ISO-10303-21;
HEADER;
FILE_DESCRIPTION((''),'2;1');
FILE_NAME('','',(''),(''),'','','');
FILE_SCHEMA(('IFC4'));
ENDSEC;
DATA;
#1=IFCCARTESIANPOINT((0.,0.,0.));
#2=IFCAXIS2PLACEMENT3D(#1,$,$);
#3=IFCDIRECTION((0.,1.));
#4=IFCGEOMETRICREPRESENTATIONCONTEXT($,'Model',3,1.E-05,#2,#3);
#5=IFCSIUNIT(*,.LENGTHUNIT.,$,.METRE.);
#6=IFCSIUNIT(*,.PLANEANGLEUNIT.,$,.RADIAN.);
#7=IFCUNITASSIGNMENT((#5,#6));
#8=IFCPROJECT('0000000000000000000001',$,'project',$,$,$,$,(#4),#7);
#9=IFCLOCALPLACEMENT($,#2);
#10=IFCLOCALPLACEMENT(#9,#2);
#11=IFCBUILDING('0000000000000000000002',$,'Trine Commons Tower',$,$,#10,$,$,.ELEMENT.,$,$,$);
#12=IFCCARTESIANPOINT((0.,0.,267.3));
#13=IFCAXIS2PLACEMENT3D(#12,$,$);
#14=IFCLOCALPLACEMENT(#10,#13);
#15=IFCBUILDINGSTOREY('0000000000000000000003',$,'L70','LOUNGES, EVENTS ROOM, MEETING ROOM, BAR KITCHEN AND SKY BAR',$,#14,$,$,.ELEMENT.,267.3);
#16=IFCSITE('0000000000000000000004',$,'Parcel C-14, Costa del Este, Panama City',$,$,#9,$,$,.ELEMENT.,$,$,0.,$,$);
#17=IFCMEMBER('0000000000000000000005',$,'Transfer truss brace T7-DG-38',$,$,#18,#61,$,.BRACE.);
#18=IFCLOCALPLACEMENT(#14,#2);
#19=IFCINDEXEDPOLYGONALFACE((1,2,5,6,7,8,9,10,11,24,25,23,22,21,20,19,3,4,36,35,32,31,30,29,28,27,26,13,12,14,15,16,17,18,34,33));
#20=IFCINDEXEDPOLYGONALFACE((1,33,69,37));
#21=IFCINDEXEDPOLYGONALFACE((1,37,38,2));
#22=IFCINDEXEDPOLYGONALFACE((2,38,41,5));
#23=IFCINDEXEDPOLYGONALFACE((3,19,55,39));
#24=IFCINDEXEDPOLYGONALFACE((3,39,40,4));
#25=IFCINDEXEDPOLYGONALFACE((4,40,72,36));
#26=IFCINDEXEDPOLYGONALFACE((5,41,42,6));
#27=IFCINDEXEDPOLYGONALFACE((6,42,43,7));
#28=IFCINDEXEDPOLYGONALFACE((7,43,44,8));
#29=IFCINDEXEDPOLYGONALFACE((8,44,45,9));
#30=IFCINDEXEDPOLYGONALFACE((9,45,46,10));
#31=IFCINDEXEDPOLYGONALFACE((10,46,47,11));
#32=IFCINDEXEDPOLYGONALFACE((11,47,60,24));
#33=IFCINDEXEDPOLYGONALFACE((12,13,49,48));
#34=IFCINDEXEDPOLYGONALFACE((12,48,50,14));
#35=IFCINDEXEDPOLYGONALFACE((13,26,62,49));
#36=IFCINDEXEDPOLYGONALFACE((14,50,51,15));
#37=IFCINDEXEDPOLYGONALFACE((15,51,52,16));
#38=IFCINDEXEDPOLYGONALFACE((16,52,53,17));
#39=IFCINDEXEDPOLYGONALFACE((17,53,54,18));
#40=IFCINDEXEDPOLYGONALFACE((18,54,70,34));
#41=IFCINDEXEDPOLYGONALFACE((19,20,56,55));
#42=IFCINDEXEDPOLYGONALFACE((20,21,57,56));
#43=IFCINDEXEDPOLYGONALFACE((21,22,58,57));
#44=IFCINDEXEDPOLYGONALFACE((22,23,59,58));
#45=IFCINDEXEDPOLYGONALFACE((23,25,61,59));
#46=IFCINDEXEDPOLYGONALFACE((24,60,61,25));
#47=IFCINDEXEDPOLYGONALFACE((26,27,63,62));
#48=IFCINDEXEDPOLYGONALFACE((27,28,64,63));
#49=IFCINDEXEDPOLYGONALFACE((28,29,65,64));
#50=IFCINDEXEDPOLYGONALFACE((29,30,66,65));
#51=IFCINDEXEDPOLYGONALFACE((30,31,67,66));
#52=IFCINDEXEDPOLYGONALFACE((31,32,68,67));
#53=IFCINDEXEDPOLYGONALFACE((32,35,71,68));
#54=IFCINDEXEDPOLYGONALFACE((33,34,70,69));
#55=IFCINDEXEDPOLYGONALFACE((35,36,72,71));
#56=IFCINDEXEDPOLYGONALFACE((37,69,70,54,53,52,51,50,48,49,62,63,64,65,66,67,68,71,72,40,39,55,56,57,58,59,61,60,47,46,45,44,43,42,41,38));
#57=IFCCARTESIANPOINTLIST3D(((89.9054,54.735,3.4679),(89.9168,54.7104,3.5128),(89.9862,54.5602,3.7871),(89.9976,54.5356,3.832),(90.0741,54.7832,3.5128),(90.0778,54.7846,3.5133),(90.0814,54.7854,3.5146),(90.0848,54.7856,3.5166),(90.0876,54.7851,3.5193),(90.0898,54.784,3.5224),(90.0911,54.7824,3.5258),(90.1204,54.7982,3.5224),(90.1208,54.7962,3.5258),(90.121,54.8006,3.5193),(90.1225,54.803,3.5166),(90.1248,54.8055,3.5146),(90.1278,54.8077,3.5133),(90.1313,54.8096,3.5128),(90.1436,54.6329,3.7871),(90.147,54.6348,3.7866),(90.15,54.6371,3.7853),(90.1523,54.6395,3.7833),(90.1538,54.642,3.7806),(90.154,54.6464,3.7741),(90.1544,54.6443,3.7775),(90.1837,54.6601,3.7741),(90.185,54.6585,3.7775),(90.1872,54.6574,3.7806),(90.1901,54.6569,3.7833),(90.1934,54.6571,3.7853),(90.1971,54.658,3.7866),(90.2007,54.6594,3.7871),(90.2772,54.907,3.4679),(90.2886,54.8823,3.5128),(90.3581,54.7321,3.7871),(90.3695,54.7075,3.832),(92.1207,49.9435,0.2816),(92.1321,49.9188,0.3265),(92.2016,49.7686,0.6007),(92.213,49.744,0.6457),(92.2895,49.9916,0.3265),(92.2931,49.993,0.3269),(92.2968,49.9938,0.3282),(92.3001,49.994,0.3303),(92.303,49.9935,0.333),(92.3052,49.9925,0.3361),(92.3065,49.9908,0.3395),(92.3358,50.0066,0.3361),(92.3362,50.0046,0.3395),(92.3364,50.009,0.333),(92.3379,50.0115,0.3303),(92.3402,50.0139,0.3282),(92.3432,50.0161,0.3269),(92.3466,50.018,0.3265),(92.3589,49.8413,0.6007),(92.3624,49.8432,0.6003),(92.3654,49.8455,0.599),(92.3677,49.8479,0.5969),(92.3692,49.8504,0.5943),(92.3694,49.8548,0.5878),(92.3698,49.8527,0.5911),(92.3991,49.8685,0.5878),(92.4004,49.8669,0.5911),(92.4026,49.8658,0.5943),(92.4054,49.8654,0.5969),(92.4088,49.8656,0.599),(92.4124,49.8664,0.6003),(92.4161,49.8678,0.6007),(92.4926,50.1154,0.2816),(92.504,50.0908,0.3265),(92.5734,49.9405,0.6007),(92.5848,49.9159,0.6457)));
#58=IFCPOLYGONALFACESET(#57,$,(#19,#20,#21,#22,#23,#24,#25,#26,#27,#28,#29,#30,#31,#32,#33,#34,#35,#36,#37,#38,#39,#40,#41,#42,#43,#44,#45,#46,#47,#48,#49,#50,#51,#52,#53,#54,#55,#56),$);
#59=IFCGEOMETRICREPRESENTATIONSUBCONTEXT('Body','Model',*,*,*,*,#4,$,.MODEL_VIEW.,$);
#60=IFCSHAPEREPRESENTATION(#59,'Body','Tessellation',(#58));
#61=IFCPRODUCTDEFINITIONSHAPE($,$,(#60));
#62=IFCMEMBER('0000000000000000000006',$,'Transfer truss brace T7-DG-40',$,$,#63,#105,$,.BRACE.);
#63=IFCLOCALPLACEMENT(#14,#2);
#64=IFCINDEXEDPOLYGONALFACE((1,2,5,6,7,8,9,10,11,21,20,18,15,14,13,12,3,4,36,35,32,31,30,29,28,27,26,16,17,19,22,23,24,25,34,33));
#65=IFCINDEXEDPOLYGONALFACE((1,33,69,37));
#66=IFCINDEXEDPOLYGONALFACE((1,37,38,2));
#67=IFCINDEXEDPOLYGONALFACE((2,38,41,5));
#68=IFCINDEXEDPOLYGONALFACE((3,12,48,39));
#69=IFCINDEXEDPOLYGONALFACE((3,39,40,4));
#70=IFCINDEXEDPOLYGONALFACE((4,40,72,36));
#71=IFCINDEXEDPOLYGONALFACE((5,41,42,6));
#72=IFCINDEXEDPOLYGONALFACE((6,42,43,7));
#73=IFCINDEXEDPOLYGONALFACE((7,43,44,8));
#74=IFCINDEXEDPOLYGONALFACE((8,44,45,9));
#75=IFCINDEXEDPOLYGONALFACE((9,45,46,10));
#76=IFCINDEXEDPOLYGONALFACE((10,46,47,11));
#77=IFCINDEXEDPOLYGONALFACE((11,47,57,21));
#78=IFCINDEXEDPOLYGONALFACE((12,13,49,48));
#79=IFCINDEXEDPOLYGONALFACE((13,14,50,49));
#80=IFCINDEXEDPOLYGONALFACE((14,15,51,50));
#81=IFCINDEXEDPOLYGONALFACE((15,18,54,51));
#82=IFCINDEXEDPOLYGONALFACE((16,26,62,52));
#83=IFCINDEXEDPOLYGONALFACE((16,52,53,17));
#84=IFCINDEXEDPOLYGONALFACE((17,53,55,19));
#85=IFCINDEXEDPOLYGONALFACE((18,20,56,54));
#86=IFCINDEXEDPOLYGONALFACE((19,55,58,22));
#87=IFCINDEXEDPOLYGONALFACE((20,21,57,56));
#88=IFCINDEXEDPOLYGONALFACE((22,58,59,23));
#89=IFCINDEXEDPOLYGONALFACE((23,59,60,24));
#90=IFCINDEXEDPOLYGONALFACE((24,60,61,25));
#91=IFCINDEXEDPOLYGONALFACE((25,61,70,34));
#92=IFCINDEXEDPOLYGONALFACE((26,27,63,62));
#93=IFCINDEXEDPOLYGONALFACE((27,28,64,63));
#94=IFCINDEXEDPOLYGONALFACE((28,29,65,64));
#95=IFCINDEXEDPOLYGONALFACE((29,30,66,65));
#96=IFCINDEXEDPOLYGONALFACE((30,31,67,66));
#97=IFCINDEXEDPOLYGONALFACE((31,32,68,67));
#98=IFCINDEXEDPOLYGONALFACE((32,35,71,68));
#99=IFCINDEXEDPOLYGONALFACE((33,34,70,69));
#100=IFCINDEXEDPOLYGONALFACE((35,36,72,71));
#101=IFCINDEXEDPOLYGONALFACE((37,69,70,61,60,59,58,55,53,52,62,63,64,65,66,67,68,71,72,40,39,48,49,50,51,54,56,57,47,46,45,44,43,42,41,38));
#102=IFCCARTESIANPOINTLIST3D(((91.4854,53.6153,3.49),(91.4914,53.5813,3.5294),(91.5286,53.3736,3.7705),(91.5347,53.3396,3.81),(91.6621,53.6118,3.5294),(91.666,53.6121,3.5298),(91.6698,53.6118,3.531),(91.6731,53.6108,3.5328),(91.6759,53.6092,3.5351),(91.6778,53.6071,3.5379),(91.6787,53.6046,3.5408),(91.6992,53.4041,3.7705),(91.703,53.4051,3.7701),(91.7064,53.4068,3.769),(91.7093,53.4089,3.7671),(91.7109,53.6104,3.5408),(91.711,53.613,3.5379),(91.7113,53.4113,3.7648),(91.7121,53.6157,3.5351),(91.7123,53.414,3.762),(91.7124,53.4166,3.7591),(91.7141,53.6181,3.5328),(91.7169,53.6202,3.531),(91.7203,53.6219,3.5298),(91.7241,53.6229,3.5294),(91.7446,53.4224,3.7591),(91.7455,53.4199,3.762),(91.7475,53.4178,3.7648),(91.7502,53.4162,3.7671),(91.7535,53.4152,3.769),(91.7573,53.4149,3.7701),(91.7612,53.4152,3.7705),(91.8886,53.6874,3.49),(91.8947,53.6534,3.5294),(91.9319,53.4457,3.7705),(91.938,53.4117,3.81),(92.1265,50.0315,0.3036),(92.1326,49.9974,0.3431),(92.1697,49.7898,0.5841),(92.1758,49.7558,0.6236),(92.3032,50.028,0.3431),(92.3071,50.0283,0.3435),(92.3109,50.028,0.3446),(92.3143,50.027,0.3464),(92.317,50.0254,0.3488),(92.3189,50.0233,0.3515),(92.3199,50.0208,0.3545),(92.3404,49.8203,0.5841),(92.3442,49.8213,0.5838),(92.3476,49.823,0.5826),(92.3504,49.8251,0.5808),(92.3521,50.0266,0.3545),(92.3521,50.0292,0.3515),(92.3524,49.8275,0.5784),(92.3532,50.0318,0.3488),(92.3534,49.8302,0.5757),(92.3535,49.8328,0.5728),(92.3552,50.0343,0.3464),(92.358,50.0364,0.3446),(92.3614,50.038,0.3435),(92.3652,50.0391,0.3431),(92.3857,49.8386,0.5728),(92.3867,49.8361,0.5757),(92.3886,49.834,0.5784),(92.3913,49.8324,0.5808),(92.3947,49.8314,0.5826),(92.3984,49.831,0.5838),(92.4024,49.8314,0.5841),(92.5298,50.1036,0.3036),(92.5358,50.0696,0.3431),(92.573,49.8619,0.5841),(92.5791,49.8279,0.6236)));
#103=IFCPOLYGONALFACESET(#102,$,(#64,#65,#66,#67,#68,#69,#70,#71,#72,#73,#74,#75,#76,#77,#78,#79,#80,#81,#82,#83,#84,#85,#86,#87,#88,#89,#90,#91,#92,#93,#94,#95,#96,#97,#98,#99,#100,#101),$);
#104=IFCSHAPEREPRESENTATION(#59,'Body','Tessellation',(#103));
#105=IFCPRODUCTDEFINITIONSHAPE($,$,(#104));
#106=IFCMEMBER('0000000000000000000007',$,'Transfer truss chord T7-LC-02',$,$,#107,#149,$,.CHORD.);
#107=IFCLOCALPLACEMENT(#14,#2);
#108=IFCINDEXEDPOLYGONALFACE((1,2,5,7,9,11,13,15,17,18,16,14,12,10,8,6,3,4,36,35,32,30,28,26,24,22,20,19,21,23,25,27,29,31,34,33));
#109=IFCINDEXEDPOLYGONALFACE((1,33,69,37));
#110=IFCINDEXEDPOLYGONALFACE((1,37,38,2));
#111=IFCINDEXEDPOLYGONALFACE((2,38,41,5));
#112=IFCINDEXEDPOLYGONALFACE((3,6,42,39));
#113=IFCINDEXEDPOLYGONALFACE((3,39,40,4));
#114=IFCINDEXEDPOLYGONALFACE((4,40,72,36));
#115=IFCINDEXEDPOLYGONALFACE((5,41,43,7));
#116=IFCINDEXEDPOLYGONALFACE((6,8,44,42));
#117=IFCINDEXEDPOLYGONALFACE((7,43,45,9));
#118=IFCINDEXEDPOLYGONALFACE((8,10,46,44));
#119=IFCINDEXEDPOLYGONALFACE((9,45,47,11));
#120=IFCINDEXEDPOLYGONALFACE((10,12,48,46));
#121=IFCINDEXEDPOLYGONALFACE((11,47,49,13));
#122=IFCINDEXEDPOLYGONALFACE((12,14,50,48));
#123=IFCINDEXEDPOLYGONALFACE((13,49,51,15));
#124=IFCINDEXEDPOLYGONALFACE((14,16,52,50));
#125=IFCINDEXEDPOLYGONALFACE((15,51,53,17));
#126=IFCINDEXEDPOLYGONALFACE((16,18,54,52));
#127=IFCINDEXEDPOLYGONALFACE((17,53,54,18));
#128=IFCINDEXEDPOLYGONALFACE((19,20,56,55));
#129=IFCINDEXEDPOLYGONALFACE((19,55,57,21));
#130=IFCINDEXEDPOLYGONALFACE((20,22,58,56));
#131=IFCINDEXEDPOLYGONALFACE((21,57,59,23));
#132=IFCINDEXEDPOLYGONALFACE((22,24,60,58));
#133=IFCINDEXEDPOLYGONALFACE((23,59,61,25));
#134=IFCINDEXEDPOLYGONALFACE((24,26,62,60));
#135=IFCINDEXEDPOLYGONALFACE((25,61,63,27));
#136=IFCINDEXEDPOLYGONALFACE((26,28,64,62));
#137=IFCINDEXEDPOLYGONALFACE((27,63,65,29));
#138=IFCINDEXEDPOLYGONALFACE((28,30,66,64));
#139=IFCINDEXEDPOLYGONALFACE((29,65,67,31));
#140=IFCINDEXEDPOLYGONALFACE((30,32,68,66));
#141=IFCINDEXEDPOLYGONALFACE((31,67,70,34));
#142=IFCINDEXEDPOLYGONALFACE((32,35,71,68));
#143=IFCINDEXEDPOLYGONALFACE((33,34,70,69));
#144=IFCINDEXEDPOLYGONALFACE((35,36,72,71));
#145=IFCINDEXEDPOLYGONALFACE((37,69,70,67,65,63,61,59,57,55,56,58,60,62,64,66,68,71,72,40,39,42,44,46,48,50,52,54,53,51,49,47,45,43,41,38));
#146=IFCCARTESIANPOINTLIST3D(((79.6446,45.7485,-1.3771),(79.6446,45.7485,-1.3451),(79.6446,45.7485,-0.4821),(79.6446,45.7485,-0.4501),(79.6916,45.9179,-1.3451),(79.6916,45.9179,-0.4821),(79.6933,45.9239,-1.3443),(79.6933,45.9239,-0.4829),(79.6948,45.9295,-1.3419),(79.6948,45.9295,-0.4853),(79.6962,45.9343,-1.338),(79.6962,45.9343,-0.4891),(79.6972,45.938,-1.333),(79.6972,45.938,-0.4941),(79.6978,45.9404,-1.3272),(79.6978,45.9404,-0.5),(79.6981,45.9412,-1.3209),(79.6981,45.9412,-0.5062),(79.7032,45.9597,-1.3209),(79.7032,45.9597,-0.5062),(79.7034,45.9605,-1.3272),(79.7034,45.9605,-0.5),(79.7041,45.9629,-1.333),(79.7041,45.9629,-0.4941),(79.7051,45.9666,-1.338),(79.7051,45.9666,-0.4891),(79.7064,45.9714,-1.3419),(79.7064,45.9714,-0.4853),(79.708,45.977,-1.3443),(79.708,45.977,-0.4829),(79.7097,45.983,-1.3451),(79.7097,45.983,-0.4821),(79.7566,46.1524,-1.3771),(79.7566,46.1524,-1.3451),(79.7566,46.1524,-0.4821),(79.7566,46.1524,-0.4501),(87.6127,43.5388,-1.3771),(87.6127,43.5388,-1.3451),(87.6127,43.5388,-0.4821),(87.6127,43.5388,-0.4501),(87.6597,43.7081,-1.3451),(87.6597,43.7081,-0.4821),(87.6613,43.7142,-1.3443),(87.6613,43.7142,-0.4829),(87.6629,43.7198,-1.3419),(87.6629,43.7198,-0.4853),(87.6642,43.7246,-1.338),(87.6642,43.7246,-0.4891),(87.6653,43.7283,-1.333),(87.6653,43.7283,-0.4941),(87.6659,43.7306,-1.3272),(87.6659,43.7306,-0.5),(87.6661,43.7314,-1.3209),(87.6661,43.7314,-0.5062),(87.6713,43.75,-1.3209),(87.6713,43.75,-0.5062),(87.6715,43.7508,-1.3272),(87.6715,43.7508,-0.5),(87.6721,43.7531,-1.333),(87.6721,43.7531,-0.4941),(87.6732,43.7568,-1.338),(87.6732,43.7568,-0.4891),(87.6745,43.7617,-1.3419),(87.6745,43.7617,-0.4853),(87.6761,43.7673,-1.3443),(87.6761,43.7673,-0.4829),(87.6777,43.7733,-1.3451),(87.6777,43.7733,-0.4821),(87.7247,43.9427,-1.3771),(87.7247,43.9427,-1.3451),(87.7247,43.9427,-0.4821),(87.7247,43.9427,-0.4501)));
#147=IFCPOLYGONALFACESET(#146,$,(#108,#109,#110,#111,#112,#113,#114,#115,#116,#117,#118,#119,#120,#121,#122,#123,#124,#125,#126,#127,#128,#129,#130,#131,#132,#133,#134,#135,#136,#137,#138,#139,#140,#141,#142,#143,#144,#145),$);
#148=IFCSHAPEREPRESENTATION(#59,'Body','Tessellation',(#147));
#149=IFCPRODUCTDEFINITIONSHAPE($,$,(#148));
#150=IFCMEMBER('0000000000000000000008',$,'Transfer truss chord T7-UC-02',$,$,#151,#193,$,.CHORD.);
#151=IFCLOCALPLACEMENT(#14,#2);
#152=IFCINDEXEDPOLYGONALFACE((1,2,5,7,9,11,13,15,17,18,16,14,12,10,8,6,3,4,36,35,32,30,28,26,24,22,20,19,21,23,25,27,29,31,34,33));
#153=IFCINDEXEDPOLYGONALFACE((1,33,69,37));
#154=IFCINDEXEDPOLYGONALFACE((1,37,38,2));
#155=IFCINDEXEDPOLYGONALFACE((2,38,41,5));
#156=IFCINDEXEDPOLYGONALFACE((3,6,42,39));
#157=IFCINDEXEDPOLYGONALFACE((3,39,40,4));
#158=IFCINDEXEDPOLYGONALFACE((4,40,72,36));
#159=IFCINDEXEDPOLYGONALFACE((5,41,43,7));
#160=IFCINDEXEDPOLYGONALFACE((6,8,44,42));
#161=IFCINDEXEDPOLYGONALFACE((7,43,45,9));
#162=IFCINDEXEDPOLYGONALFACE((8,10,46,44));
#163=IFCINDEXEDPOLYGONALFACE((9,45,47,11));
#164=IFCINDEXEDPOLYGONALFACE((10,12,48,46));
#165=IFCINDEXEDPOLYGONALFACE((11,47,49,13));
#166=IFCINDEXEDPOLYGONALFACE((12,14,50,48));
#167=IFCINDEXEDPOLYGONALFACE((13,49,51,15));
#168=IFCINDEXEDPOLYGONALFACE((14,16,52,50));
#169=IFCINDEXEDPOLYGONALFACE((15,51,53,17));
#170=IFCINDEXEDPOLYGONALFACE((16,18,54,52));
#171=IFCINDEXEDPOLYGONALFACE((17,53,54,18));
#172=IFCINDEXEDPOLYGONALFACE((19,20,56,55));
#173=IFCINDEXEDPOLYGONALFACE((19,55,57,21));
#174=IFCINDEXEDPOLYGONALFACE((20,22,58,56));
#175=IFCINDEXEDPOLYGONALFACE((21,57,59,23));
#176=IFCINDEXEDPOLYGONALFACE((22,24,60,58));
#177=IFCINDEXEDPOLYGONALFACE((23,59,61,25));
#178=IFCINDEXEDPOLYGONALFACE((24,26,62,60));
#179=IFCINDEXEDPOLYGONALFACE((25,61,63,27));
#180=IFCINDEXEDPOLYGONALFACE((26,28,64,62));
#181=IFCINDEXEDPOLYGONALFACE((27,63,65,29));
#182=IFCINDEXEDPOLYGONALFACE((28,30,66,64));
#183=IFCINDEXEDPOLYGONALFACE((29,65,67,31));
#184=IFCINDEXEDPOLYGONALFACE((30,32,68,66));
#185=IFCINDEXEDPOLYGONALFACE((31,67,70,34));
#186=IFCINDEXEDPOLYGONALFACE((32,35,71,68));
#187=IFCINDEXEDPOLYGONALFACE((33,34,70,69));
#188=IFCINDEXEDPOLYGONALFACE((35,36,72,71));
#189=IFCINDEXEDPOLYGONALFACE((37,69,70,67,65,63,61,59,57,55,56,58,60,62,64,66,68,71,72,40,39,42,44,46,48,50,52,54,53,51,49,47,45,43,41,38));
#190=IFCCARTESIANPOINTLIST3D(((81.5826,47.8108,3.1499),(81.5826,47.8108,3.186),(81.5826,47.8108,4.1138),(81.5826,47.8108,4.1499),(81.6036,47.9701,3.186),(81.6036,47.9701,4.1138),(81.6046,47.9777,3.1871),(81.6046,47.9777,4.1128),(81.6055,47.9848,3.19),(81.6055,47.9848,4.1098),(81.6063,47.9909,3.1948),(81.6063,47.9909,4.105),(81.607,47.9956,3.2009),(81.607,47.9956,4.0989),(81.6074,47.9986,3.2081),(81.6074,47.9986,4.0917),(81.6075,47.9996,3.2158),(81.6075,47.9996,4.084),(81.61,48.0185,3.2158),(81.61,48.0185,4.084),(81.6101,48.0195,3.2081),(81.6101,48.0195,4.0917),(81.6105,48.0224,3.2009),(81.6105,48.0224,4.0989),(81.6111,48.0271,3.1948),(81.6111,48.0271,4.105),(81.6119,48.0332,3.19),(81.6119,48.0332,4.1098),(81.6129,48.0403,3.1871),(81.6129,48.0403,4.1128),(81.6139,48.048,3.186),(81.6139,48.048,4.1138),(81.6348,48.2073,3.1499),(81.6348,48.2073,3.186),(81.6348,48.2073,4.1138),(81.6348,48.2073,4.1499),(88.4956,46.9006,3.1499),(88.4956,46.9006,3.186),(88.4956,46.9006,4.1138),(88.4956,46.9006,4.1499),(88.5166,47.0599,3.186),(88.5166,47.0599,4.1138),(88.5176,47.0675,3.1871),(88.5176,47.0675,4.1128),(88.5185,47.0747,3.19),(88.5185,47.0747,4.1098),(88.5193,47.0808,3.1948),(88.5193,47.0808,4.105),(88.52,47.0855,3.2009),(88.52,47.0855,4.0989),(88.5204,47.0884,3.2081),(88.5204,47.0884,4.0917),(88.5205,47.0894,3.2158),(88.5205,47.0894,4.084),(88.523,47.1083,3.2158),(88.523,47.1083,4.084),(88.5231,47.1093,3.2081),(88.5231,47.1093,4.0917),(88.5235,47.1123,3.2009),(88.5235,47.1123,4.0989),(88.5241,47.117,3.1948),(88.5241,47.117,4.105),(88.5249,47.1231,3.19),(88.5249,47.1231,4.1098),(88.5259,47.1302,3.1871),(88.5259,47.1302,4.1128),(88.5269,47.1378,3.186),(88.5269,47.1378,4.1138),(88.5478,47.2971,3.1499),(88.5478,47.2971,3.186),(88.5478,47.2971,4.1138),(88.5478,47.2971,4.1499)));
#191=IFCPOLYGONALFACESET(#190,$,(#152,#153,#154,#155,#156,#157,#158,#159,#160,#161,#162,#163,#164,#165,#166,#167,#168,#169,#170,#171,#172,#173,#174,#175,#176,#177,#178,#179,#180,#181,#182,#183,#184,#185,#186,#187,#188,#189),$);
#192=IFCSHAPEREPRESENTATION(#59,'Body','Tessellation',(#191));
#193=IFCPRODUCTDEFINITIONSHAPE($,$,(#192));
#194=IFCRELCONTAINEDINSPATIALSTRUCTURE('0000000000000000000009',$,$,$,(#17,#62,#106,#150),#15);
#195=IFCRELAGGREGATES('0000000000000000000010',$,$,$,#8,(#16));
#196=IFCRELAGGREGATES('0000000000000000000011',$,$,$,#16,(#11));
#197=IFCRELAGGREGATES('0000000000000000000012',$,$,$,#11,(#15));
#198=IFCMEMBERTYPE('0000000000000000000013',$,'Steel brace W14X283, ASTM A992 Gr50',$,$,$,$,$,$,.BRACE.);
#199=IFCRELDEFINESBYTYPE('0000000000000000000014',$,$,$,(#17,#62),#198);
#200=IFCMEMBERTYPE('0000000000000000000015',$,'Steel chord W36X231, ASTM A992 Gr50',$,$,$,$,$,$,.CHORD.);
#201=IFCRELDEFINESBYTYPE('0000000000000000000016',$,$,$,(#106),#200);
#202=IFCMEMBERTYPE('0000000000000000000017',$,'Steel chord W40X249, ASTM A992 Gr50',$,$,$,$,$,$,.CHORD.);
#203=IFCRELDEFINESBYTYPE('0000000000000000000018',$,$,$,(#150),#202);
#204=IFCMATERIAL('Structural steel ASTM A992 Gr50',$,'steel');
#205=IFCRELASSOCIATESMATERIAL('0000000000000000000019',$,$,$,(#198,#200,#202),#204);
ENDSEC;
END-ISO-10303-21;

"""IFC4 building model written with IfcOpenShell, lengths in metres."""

from ifc_helpers import new_model, si_unit, direction, frame, origin, origin_2d, place, context, subcontext, project, spatial, i_section, extrude, material, material_profile, profile_set, type_object, element, save


model = new_model("IFC4")

# Units and contexts
model_context = context("Model", 3, precision=1e-05, world=origin(), true_north=direction((0.0, 1.0)))
body_context = subcontext(model_context, "Body", "Model", "MODEL_VIEW")
ifc_project = project(units=[si_unit("LENGTHUNIT", "METRE"), si_unit("PLANEANGLEUNIT", "RADIAN")], contexts=[model_context])

# Site, building, storey
site_placement = place(None, origin())
site = spatial("IfcSite", under=ifc_project, at=site_placement, Name="Parcel C-14, Costa del Este, Panama City", CompositionType="ELEMENT", RefElevation=0.0)
building_placement = place(site_placement, origin())
building = spatial("IfcBuilding", under=site, at=building_placement, Name="Trine Commons Tower", CompositionType="ELEMENT")
storey_placement = place(building_placement, frame((0.0, 0.0, 267.3)))
storey = spatial("IfcBuildingStorey", under=building, at=storey_placement, Name="L70", Description="LOUNGES, EVENTS ROOM, MEETING ROOM, BAR KITCHEN AND SKY BAR", CompositionType="ELEMENT", Elevation=267.3)

# Members
ifc_material_1 = material(Name="Structural steel ASTM A992 Gr50", Category="steel")
ifc_material_profile_1 = material_profile(ifc_material_1, i_section(OverallWidth=0.4097, OverallDepth=0.4253, WebThickness=0.0327, FlangeThickness=0.0525, FilletRadius=0.0151, at=origin_2d()), Name="W14X283")
ifc_profile_set_1 = profile_set([ifc_material_profile_1], Name="Structural steel ASTM A992 Gr50")
member_type_1 = type_object("IfcMemberType", Name="Steel brace W14X283, ASTM A992 Gr50", PredefinedType="BRACE", material=ifc_profile_set_1)
member_1_placement = place(storey_placement, frame((92.3528, 49.9297, 0.4636), z_axis=(-0.359286, 0.777095, 0.516756), x_axis=(-0.90768, -0.419662, 0.0)))
element("IfcMember", 1, at=member_1_placement, inside=storey, type_object=member_type_1, Name="Transfer truss brace T7-DG-38", PredefinedType="BRACE", context=body_context, shape_type="SweptSolid", body=[
    extrude(i_section(OverallWidth=0.4097, OverallDepth=0.4253, WebThickness=0.0327, FlangeThickness=0.0525, FilletRadius=0.0151, at=origin_2d()), origin(), (0.0, 0.0, 1.0), 6.166),
])
member_2_placement = place(storey_placement, frame((92.3528, 49.9297, 0.4636), z_axis=(-0.132515, 0.740743, 0.658589), x_axis=(-0.984372, -0.176099, 0.0)))
element("IfcMember", 2, at=member_2_placement, inside=storey, type_object=member_type_1, Name="Transfer truss brace T7-DG-40", PredefinedType="BRACE", context=body_context, shape_type="SweptSolid", body=[
    extrude(i_section(OverallWidth=0.4097, OverallDepth=0.4253, WebThickness=0.0327, FlangeThickness=0.0525, FilletRadius=0.0151, at=origin_2d()), origin(), (0.0, 0.0, 1.0), 4.8381),
])
ifc_material_profile_2 = material_profile(ifc_material_1, i_section(OverallWidth=0.4192, OverallDepth=0.927, WebThickness=0.0193, FlangeThickness=0.032, FilletRadius=0.0242, at=origin_2d()), Name="W36X231")
ifc_profile_set_2 = profile_set([ifc_material_profile_2], Name="Structural steel ASTM A992 Gr50")
member_type_2 = type_object("IfcMemberType", Name="Steel chord W36X231, ASTM A992 Gr50", PredefinedType="CHORD", material=ifc_profile_set_2)
member_3_placement = place(storey_placement, frame((87.6687, 43.7407, -0.9136), z_axis=(-0.963631, 0.267237, 0.0), x_axis=(-0.267237, -0.963631, 0.0)))
element("IfcMember", 3, at=member_3_placement, inside=storey, type_object=member_type_2, Name="Transfer truss chord T7-LC-02", PredefinedType="CHORD", context=body_context, shape_type="SweptSolid", body=[
    extrude(i_section(OverallWidth=0.4192, OverallDepth=0.927, WebThickness=0.0193, FlangeThickness=0.032, FilletRadius=0.0242, at=origin_2d()), origin(), (0.0, 0.0, 1.0), 8.2688),
])
ifc_material_profile_3 = material_profile(ifc_material_1, i_section(OverallWidth=0.3999, OverallDepth=1.0, WebThickness=0.019, FlangeThickness=0.0361, FilletRadius=0.0298, at=origin_2d()), Name="W40X249")
ifc_profile_set_3 = profile_set([ifc_material_profile_3], Name="Structural steel ASTM A992 Gr50")
member_type_3 = type_object("IfcMemberType", Name="Steel chord W40X249, ASTM A992 Gr50", PredefinedType="CHORD", material=ifc_profile_set_3)
for number, where, z_axis, x_axis, name in (
    (4, (88.5217, 47.0989, 3.6499), (-0.991444, 0.130531, 0.0), (-0.130531, -0.991444, 0.0), "Transfer truss chord T7-UC-02"),
):
    element("IfcMember", number, at=place(storey_placement, frame(where, z_axis=z_axis, x_axis=x_axis)), inside=storey, type_object=member_type_3, Name=name, PredefinedType="CHORD", context=body_context, shape_type="SweptSolid", body=[
        extrude(i_section(OverallWidth=0.3999, OverallDepth=1.0, WebThickness=0.019, FlangeThickness=0.0361, FilletRadius=0.0298, at=origin_2d()), origin(), (0.0, 0.0, 1.0), 6.9727),
    ])

save(model, "model.ifc")
